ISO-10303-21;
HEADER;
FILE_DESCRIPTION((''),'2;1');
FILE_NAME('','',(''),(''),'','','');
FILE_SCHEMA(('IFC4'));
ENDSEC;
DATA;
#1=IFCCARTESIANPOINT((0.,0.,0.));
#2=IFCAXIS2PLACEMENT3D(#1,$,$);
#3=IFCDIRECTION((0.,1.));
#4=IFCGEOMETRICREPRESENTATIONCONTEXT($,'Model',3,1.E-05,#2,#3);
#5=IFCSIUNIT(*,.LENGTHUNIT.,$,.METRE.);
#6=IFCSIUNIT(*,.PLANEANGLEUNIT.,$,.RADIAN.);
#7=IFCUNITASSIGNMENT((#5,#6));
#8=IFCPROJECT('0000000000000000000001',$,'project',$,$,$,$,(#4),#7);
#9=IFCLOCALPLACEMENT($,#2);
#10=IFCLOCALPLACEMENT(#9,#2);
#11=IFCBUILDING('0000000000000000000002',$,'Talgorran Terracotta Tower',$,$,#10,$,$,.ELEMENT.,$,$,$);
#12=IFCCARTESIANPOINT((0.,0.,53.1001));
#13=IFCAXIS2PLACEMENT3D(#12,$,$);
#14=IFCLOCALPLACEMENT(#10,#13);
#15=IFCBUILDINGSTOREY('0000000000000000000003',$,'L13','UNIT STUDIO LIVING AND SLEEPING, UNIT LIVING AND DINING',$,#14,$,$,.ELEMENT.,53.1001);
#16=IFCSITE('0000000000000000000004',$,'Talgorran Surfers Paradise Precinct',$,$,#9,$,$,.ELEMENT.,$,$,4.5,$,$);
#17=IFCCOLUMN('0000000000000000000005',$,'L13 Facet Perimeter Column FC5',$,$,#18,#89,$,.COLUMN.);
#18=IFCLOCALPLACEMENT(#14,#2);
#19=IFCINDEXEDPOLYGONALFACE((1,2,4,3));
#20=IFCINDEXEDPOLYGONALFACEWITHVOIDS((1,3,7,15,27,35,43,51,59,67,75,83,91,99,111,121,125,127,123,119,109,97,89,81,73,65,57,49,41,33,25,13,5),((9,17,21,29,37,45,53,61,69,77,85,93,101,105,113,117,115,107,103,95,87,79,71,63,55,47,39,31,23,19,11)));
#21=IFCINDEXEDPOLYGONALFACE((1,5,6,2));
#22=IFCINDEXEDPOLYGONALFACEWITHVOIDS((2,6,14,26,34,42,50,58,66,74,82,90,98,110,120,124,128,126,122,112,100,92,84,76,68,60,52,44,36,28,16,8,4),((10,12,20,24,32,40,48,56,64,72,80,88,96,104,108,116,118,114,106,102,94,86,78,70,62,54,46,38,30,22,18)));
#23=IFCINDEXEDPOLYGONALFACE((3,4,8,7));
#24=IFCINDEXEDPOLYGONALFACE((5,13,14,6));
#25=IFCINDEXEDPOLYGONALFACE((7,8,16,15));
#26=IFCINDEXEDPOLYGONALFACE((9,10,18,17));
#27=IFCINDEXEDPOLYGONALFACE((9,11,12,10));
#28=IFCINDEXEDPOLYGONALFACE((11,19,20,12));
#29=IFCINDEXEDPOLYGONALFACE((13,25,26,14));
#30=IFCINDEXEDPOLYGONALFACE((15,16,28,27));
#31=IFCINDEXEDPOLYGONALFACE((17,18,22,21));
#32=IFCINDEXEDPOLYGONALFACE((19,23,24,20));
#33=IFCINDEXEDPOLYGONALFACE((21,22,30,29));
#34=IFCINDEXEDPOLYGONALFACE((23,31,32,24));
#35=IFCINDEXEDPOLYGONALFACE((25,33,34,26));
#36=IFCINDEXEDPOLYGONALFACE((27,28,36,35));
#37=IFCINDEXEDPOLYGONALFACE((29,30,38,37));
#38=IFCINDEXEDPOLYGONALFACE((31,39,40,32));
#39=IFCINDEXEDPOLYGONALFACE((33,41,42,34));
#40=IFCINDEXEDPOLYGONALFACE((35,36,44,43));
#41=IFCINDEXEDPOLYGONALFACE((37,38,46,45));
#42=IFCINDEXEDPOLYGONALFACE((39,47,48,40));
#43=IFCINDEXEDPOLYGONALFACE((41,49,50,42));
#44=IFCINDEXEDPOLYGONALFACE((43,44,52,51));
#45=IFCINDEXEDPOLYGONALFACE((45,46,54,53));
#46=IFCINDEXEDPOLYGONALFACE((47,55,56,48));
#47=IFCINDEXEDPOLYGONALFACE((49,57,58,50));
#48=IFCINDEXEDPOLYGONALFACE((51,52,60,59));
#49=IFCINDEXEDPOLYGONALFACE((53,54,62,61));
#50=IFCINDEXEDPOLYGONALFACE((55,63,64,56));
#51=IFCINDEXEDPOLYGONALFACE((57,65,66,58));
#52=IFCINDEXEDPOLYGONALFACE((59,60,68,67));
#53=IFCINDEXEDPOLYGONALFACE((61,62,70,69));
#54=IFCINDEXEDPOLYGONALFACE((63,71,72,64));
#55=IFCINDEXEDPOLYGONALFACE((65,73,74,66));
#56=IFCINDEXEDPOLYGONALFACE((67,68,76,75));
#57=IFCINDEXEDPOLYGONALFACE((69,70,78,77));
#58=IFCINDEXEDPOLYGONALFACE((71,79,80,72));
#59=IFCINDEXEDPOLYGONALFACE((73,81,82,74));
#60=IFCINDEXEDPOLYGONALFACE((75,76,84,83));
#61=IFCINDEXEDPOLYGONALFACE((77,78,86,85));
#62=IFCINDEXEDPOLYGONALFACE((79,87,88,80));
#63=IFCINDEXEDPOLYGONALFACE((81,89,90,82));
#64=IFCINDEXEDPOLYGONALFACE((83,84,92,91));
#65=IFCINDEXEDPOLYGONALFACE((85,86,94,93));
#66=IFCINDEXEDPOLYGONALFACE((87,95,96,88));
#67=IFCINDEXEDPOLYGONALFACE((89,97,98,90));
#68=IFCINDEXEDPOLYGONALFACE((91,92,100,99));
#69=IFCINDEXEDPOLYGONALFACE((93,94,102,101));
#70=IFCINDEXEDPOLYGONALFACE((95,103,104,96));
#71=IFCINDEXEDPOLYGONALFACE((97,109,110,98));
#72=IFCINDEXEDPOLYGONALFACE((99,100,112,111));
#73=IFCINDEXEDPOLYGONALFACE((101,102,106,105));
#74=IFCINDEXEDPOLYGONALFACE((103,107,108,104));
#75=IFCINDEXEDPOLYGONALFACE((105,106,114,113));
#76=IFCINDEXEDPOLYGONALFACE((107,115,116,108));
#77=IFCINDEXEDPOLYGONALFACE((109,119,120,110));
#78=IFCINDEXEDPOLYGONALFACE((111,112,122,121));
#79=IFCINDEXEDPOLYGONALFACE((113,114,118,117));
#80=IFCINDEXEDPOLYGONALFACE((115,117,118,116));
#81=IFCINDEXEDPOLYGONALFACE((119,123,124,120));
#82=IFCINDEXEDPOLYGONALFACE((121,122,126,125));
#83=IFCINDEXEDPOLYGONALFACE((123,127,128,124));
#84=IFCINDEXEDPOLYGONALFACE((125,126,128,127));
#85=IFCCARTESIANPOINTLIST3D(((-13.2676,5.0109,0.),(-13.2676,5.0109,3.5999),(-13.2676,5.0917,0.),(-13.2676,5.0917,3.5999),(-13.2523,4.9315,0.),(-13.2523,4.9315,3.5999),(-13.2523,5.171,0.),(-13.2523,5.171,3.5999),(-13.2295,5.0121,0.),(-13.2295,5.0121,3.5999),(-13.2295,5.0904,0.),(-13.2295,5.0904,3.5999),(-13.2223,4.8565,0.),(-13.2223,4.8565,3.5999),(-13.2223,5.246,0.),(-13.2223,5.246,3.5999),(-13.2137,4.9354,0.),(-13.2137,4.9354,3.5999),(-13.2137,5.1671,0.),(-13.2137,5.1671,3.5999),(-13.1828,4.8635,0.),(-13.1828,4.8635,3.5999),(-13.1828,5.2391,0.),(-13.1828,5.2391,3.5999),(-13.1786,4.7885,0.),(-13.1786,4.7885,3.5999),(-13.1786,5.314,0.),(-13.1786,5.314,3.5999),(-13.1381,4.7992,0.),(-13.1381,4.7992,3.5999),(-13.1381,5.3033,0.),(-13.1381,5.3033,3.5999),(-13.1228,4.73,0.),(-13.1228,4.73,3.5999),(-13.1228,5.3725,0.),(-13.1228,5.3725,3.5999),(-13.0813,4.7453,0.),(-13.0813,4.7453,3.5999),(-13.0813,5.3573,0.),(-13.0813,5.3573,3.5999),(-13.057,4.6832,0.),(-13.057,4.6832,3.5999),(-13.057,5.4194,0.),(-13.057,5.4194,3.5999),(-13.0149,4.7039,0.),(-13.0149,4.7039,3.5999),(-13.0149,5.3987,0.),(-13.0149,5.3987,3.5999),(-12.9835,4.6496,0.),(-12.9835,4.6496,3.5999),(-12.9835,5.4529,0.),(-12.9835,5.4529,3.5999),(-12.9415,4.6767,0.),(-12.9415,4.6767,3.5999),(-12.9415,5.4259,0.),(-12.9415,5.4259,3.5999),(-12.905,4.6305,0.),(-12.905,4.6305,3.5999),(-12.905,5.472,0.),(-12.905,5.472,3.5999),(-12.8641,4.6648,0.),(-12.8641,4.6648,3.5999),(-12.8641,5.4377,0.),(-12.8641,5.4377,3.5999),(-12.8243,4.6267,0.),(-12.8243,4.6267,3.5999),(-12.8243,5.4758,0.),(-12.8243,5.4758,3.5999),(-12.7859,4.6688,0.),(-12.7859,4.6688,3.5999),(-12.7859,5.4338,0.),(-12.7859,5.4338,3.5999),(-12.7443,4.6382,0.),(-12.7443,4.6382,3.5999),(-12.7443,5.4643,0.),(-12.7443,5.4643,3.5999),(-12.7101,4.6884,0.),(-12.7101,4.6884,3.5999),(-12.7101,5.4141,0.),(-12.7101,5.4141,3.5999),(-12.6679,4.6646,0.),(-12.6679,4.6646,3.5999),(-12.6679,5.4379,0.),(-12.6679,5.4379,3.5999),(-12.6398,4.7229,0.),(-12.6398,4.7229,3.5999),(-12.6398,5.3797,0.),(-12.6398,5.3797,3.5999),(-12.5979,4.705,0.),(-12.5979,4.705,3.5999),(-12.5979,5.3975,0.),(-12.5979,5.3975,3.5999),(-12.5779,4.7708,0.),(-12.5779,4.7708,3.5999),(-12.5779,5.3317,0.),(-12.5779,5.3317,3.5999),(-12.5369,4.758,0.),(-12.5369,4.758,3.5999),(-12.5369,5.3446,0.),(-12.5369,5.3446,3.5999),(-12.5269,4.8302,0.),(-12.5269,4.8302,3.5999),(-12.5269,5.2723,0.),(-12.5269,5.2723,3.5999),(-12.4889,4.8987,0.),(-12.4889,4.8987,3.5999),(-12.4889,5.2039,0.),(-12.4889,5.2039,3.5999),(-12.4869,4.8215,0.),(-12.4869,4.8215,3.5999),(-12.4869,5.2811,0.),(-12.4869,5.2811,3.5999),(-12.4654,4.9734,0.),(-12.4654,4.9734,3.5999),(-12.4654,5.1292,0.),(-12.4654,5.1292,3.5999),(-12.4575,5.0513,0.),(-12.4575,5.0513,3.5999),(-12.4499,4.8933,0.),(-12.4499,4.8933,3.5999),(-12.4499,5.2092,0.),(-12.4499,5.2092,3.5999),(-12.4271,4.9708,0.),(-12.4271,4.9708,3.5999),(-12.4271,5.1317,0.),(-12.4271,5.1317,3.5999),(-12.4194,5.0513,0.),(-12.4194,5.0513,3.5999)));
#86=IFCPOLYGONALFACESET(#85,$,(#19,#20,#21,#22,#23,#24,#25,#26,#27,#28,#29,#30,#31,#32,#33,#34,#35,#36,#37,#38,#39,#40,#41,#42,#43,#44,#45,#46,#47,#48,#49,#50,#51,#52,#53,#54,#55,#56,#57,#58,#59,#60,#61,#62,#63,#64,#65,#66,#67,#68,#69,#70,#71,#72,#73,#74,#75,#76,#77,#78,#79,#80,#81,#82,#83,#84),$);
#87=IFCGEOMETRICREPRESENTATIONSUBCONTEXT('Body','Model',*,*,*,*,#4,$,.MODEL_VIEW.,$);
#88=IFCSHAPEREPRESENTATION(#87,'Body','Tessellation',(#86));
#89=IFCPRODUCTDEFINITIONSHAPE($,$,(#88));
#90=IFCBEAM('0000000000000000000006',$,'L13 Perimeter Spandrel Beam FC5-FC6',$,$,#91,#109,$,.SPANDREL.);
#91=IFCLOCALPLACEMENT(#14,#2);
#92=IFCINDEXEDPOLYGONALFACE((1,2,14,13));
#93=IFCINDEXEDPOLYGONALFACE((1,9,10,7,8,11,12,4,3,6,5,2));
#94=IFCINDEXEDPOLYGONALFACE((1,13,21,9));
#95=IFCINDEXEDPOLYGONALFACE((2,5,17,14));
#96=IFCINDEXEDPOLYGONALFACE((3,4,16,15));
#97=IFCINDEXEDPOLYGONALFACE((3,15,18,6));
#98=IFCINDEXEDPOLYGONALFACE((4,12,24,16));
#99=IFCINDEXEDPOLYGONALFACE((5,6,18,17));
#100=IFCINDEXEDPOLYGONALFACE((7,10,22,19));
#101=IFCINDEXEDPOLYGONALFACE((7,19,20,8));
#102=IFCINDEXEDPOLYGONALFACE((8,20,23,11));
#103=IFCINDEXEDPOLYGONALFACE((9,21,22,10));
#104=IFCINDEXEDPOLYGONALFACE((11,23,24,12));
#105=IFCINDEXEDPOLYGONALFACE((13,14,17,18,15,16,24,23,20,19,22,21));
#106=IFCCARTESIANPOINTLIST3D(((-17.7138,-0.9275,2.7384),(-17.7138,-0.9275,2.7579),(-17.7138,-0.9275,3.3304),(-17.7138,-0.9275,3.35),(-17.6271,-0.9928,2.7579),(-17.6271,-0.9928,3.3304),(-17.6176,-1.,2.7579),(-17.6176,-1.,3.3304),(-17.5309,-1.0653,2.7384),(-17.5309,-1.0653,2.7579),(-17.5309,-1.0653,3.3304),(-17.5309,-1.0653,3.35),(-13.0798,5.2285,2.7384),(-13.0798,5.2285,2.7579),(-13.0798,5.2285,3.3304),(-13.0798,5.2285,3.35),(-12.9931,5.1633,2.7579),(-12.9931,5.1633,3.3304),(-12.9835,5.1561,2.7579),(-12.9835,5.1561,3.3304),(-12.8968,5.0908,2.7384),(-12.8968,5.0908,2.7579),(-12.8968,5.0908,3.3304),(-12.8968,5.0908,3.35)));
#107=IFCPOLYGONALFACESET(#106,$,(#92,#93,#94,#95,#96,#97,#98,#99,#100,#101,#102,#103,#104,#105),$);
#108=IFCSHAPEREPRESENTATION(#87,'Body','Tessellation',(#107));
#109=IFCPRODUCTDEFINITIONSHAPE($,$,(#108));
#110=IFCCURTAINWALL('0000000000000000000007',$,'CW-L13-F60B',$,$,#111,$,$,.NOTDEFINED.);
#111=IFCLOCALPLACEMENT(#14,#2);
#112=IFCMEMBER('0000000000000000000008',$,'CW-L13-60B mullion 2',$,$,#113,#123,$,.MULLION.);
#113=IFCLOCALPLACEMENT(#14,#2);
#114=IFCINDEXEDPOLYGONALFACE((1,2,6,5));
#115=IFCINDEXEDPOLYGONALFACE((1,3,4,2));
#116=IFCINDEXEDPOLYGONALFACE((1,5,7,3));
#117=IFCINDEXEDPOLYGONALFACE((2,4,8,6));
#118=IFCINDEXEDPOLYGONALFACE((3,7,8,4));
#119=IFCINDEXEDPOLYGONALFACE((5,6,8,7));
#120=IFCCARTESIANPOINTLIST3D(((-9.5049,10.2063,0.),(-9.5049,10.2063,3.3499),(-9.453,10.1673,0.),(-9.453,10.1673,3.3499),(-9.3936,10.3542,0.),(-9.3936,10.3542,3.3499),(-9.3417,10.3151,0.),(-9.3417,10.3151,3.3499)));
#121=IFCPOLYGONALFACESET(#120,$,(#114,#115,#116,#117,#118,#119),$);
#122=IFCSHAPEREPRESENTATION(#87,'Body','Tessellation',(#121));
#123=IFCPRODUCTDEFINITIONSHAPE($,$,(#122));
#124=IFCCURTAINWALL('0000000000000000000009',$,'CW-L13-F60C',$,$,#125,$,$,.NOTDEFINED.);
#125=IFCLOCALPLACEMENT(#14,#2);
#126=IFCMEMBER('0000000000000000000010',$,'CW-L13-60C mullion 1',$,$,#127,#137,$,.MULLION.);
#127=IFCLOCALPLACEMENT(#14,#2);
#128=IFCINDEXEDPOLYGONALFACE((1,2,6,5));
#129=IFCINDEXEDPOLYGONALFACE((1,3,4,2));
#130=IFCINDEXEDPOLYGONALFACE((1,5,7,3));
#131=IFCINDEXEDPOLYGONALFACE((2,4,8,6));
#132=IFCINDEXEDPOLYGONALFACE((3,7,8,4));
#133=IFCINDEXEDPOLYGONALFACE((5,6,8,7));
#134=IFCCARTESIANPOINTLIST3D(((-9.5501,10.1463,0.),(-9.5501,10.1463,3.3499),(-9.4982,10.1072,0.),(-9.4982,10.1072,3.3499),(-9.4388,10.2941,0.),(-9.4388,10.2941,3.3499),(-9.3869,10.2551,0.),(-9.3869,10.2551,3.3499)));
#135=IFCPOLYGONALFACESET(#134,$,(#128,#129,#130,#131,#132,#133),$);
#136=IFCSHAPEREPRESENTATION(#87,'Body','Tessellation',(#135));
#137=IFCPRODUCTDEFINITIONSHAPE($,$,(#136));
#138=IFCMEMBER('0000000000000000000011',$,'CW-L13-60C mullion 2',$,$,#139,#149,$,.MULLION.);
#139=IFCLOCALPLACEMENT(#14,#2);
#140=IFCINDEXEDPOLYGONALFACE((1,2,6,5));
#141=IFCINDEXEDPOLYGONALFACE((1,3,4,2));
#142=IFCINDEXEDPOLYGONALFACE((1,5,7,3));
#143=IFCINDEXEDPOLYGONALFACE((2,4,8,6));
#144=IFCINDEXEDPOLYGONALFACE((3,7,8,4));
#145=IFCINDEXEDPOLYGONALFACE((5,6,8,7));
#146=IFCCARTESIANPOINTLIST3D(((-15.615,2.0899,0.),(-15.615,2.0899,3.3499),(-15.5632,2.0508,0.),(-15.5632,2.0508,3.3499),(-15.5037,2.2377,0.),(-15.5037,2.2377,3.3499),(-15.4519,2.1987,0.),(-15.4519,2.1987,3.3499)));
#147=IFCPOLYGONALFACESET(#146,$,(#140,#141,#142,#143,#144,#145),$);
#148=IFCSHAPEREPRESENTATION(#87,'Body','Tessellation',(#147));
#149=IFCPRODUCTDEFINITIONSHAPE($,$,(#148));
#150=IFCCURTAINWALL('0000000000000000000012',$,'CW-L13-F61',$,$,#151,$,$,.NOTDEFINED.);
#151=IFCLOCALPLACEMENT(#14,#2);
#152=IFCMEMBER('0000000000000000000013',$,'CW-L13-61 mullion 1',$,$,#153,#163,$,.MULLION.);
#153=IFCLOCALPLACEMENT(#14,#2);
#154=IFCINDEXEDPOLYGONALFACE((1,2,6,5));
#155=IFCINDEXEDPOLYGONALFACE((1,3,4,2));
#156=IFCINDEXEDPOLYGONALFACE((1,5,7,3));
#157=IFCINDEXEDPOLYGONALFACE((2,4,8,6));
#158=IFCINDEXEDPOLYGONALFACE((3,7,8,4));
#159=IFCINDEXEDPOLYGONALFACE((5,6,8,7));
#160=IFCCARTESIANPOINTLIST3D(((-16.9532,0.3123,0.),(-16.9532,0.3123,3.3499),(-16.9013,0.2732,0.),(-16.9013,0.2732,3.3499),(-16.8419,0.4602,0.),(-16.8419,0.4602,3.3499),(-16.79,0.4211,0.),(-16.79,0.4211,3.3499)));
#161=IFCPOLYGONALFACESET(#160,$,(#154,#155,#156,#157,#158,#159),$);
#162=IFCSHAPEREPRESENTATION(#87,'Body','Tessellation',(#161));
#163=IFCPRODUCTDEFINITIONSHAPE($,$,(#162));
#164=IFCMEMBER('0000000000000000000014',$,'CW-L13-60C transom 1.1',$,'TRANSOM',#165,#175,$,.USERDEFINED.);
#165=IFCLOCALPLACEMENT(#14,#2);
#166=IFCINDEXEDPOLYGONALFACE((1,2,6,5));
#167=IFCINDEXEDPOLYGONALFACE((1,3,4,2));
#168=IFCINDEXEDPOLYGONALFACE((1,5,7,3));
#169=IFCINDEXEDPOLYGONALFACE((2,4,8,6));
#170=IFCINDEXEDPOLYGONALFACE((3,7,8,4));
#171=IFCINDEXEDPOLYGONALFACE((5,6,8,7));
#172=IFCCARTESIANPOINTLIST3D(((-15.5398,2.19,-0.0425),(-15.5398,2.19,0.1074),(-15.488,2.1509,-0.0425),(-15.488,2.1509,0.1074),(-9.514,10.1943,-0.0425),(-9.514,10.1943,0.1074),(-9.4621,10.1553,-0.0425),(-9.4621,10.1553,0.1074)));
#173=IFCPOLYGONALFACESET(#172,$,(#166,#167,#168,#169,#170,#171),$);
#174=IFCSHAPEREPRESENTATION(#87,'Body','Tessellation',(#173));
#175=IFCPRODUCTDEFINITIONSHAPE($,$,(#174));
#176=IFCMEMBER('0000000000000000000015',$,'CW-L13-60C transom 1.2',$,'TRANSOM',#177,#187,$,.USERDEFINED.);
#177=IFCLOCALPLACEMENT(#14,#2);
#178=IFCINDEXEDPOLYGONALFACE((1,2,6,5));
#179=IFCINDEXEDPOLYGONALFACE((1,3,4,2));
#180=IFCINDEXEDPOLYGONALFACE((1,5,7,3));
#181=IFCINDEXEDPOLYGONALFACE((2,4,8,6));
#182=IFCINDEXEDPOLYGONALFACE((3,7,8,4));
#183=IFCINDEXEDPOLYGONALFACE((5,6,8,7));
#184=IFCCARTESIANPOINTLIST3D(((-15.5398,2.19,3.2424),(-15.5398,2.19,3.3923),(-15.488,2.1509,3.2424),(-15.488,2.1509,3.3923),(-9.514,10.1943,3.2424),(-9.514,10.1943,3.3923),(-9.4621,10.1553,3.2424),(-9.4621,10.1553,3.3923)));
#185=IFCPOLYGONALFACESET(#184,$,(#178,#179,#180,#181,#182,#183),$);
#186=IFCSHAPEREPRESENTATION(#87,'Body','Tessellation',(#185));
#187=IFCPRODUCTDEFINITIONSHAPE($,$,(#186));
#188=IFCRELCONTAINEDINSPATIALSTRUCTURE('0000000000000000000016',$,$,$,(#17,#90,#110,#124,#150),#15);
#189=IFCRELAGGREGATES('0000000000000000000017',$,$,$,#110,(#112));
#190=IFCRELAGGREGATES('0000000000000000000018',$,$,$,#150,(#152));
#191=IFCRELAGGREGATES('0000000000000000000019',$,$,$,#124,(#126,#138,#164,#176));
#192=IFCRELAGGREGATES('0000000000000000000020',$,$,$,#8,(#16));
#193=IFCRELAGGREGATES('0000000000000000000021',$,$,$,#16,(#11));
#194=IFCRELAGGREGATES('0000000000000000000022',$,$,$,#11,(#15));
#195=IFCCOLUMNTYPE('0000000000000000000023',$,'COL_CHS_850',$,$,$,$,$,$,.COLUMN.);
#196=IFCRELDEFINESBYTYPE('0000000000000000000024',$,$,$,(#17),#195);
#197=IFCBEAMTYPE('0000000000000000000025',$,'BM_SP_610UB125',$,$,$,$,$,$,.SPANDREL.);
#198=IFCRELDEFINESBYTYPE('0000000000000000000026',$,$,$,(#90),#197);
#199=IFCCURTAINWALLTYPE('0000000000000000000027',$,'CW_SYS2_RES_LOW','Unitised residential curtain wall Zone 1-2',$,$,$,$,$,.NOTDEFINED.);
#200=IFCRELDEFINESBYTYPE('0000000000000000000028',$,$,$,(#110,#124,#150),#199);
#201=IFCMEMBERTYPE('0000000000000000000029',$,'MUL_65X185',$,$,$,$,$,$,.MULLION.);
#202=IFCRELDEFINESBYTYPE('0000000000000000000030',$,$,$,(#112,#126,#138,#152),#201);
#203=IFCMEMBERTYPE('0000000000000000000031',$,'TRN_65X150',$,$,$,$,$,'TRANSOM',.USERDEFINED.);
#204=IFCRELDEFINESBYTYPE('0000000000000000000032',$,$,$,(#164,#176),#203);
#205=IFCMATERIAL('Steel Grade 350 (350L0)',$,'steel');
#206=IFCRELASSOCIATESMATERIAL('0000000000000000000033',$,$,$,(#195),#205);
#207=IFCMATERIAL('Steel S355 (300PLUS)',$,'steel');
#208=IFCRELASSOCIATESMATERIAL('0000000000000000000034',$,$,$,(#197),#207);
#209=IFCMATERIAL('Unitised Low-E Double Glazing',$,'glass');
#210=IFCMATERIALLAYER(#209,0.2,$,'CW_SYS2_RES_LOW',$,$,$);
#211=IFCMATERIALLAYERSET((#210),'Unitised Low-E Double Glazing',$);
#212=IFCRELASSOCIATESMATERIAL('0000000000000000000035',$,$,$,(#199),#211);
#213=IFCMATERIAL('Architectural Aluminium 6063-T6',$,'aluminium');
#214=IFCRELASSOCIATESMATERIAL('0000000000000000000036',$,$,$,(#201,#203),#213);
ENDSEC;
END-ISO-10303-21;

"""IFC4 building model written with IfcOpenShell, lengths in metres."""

from ifc_helpers import new_model, si_unit, direction, frame, origin, origin_2d, place, context, subcontext, project, spatial, rectangle, hollow_circle, i_section, extrude, material, layer, layer_set, material_profile, profile_set, type_object, element, aggregate, save


model = new_model("IFC4")

# Units and contexts
model_context = context("Model", 3, precision=1e-05, world=origin(), true_north=direction((0.0, 1.0)))
body_context = subcontext(model_context, "Body", "Model", "MODEL_VIEW")
ifc_project = project(units=[si_unit("LENGTHUNIT", "METRE"), si_unit("PLANEANGLEUNIT", "RADIAN")], contexts=[model_context])

# Site, building, storey
site_placement = place(None, origin())
site = spatial("IfcSite", under=ifc_project, at=site_placement, Name="Talgorran Surfers Paradise Precinct", CompositionType="ELEMENT", RefElevation=4.5)
building_placement = place(site_placement, origin())
building = spatial("IfcBuilding", under=site, at=building_placement, Name="Talgorran Terracotta Tower", CompositionType="ELEMENT")
storey_placement = place(building_placement, frame((0.0, 0.0, 53.1001)))
storey = spatial("IfcBuildingStorey", under=building, at=storey_placement, Name="L13", Description="UNIT STUDIO LIVING AND SLEEPING, UNIT LIVING AND DINING", CompositionType="ELEMENT", Elevation=53.1001)

# Column
ifc_material_1 = material(Name="Steel Grade 350 (350L0)", Category="steel")
ifc_material_profile_1 = material_profile(ifc_material_1, hollow_circle(Radius=0.425, WallThickness=0.0381, at=origin_2d()), Name="CHS850X38")
ifc_profile_set_1 = profile_set([ifc_material_profile_1], Name="Steel Grade 350 (350L0)")
column_type = type_object("IfcColumnType", Name="COL_CHS_850", PredefinedType="COLUMN", material=ifc_profile_set_1)
column_placement = place(storey_placement, frame((-12.8445, 5.0513, 0.0), z_axis=(0.0, 0.0, 1.0), x_axis=(1.0, 0.0, 0.0)))
element("IfcColumn", 1, at=column_placement, inside=storey, type_object=column_type, Name="L13 Facet Perimeter Column FC5", PredefinedType="COLUMN", context=body_context, shape_type="SweptSolid", body=[
    extrude(hollow_circle(Radius=0.425, WallThickness=0.0381, at=origin_2d()), origin(), (0.0, 0.0, 1.0), 3.5999),
])

# Beam
ifc_material_2 = material(Name="Steel S355 (300PLUS)", Category="steel")
ifc_material_profile_2 = material_profile(ifc_material_2, i_section(OverallWidth=0.229, OverallDepth=0.6116, WebThickness=0.012, FlangeThickness=0.0195, at=origin_2d()), Name="610UB125")
ifc_profile_set_2 = profile_set([ifc_material_profile_2], Name="Steel S355 (300PLUS)")
beam_type = type_object("IfcBeamType", Name="BM_SP_610UB125", PredefinedType="SPANDREL", material=ifc_profile_set_2)
beam_placement = place(storey_placement, frame((-12.9883, 5.1597, 3.0442), z_axis=(-0.601413, -0.798938, 0.0), x_axis=(0.798938, -0.601413, 0.0)))
element("IfcBeam", 2, at=beam_placement, inside=storey, type_object=beam_type, Name="L13 Perimeter Spandrel Beam FC5-FC6", PredefinedType="SPANDREL", context=body_context, shape_type="SweptSolid", body=[
    extrude(i_section(OverallWidth=0.229, OverallDepth=0.6116, WebThickness=0.012, FlangeThickness=0.0195, at=origin_2d()), origin(), (0.0, 0.0, 1.0), 7.7053),
])

# Curtain wall, member
ifc_material_3 = material(Name="Unitised Low-E Double Glazing", Category="glass")
ifc_layer_1 = layer(ifc_material_3, 0.2, Name="CW_SYS2_RES_LOW")
ifc_layer_set_1 = layer_set([ifc_layer_1], Name="Unitised Low-E Double Glazing")
curtain_wall_type = type_object("IfcCurtainWallType", Name="CW_SYS2_RES_LOW", Description="Unitised residential curtain wall Zone 1-2", PredefinedType="NOTDEFINED", material=ifc_layer_set_1)
curtain_wall_1_placement = place(storey_placement, origin())
curtain_wall_1 = element("IfcCurtainWall", 3, at=curtain_wall_1_placement, inside=storey, type_object=curtain_wall_type, Name="CW-L13-F60B", PredefinedType="NOTDEFINED")
ifc_material_4 = material(Name="Architectural Aluminium 6063-T6", Category="aluminium")
ifc_material_profile_3 = material_profile(ifc_material_4, rectangle(XDim=0.0649, YDim=0.1851, at=origin_2d()), Name="CWM65X185")
ifc_profile_set_3 = profile_set([ifc_material_profile_3], Name="Architectural Aluminium 6063-T6")
member_type_1 = type_object("IfcMemberType", Name="MUL_65X185", PredefinedType="MULLION", material=ifc_profile_set_3)
member_1_placement = place(storey_placement, frame((-9.4233, 10.2607, 0.0), z_axis=(0.0, 0.0, 1.0), x_axis=(0.798919, -0.601439, 0.0)))
member_1 = element("IfcMember", 4, at=member_1_placement, type_object=member_type_1, Name="CW-L13-60B mullion 2", PredefinedType="MULLION", context=body_context, shape_type="SweptSolid", body=[
    extrude(rectangle(XDim=0.0649, YDim=0.1851, at=origin_2d()), origin(), (0.0, 0.0, 1.0), 3.3499),
])
aggregate(curtain_wall_1, [member_1])

# Curtain wall, members
curtain_wall_2_placement = place(storey_placement, origin())
curtain_wall_2 = element("IfcCurtainWall", 5, at=curtain_wall_2_placement, inside=storey, type_object=curtain_wall_type, Name="CW-L13-F60C", PredefinedType="NOTDEFINED")
member_2_placement = place(storey_placement, frame((-9.4685, 10.2007, 0.0), z_axis=(0.0, 0.0, 1.0), x_axis=(0.798917, -0.601442, 0.0)))
member_2 = element("IfcMember", 6, at=member_2_placement, type_object=member_type_1, Name="CW-L13-60C mullion 1", PredefinedType="MULLION", context=body_context, shape_type="SweptSolid", body=[
    extrude(rectangle(XDim=0.0649, YDim=0.1851, at=origin_2d()), origin(), (0.0, 0.0, 1.0), 3.3499),
])
member_3_placement = place(storey_placement, frame((-15.5334, 2.1443, 0.0), z_axis=(0.0, 0.0, 1.0), x_axis=(0.798917, -0.601442, 0.0)))
member_3 = element("IfcMember", 7, at=member_3_placement, type_object=member_type_1, Name="CW-L13-60C mullion 2", PredefinedType="MULLION", context=body_context, shape_type="SweptSolid", body=[
    extrude(rectangle(XDim=0.0649, YDim=0.1851, at=origin_2d()), origin(), (0.0, 0.0, 1.0), 3.3499),
])

# Curtain wall, member
curtain_wall_3_placement = place(storey_placement, origin())
curtain_wall_3 = element("IfcCurtainWall", 8, at=curtain_wall_3_placement, inside=storey, type_object=curtain_wall_type, Name="CW-L13-F61", PredefinedType="NOTDEFINED")
member_4_placement = place(storey_placement, frame((-16.8716, 0.3667, 0.0), z_axis=(0.0, 0.0, 1.0), x_axis=(0.798918, -0.60144, 0.0)))
member_4 = element("IfcMember", 9, at=member_4_placement, type_object=member_type_1, Name="CW-L13-61 mullion 1", PredefinedType="MULLION", context=body_context, shape_type="SweptSolid", body=[
    extrude(rectangle(XDim=0.0649, YDim=0.1851, at=origin_2d()), origin(), (0.0, 0.0, 1.0), 3.3499),
])
aggregate(curtain_wall_3, [member_4])

# Members
ifc_material_profile_4 = material_profile(ifc_material_4, rectangle(XDim=0.0649, YDim=0.1499, at=origin_2d()), Name="CWT65X150")
ifc_profile_set_4 = profile_set([ifc_material_profile_4], Name="Architectural Aluminium 6063-T6")
member_type_2 = type_object("IfcMemberType", Name="TRN_65X150", ElementType="TRANSOM", PredefinedType="USERDEFINED", material=ifc_profile_set_4)
member_5_placement = place(storey_placement, frame((-9.488, 10.1748, 0.0325), z_axis=(-0.601442, -0.798917, 0.0), x_axis=(0.798917, -0.601442, 0.0)))
member_5 = element("IfcMember", 10, at=member_5_placement, type_object=member_type_2, Name="CW-L13-60C transom 1.1", ObjectType="TRANSOM", PredefinedType="USERDEFINED", context=body_context, shape_type="SweptSolid", body=[
    extrude(rectangle(XDim=0.0649, YDim=0.1499, at=origin_2d()), origin(), (0.0, 0.0, 1.0), 10.019),
])
member_6_placement = place(storey_placement, frame((-9.488, 10.1748, 3.3174), z_axis=(-0.601442, -0.798917, 0.0), x_axis=(0.798917, -0.601442, 0.0)))
member_6 = element("IfcMember", 11, at=member_6_placement, type_object=member_type_2, Name="CW-L13-60C transom 1.2", ObjectType="TRANSOM", PredefinedType="USERDEFINED", context=body_context, shape_type="SweptSolid", body=[
    extrude(rectangle(XDim=0.0649, YDim=0.1499, at=origin_2d()), origin(), (0.0, 0.0, 1.0), 10.019),
])

aggregate(curtain_wall_2, [member_2, member_3, member_5, member_6])

save(model, "model.ifc")
